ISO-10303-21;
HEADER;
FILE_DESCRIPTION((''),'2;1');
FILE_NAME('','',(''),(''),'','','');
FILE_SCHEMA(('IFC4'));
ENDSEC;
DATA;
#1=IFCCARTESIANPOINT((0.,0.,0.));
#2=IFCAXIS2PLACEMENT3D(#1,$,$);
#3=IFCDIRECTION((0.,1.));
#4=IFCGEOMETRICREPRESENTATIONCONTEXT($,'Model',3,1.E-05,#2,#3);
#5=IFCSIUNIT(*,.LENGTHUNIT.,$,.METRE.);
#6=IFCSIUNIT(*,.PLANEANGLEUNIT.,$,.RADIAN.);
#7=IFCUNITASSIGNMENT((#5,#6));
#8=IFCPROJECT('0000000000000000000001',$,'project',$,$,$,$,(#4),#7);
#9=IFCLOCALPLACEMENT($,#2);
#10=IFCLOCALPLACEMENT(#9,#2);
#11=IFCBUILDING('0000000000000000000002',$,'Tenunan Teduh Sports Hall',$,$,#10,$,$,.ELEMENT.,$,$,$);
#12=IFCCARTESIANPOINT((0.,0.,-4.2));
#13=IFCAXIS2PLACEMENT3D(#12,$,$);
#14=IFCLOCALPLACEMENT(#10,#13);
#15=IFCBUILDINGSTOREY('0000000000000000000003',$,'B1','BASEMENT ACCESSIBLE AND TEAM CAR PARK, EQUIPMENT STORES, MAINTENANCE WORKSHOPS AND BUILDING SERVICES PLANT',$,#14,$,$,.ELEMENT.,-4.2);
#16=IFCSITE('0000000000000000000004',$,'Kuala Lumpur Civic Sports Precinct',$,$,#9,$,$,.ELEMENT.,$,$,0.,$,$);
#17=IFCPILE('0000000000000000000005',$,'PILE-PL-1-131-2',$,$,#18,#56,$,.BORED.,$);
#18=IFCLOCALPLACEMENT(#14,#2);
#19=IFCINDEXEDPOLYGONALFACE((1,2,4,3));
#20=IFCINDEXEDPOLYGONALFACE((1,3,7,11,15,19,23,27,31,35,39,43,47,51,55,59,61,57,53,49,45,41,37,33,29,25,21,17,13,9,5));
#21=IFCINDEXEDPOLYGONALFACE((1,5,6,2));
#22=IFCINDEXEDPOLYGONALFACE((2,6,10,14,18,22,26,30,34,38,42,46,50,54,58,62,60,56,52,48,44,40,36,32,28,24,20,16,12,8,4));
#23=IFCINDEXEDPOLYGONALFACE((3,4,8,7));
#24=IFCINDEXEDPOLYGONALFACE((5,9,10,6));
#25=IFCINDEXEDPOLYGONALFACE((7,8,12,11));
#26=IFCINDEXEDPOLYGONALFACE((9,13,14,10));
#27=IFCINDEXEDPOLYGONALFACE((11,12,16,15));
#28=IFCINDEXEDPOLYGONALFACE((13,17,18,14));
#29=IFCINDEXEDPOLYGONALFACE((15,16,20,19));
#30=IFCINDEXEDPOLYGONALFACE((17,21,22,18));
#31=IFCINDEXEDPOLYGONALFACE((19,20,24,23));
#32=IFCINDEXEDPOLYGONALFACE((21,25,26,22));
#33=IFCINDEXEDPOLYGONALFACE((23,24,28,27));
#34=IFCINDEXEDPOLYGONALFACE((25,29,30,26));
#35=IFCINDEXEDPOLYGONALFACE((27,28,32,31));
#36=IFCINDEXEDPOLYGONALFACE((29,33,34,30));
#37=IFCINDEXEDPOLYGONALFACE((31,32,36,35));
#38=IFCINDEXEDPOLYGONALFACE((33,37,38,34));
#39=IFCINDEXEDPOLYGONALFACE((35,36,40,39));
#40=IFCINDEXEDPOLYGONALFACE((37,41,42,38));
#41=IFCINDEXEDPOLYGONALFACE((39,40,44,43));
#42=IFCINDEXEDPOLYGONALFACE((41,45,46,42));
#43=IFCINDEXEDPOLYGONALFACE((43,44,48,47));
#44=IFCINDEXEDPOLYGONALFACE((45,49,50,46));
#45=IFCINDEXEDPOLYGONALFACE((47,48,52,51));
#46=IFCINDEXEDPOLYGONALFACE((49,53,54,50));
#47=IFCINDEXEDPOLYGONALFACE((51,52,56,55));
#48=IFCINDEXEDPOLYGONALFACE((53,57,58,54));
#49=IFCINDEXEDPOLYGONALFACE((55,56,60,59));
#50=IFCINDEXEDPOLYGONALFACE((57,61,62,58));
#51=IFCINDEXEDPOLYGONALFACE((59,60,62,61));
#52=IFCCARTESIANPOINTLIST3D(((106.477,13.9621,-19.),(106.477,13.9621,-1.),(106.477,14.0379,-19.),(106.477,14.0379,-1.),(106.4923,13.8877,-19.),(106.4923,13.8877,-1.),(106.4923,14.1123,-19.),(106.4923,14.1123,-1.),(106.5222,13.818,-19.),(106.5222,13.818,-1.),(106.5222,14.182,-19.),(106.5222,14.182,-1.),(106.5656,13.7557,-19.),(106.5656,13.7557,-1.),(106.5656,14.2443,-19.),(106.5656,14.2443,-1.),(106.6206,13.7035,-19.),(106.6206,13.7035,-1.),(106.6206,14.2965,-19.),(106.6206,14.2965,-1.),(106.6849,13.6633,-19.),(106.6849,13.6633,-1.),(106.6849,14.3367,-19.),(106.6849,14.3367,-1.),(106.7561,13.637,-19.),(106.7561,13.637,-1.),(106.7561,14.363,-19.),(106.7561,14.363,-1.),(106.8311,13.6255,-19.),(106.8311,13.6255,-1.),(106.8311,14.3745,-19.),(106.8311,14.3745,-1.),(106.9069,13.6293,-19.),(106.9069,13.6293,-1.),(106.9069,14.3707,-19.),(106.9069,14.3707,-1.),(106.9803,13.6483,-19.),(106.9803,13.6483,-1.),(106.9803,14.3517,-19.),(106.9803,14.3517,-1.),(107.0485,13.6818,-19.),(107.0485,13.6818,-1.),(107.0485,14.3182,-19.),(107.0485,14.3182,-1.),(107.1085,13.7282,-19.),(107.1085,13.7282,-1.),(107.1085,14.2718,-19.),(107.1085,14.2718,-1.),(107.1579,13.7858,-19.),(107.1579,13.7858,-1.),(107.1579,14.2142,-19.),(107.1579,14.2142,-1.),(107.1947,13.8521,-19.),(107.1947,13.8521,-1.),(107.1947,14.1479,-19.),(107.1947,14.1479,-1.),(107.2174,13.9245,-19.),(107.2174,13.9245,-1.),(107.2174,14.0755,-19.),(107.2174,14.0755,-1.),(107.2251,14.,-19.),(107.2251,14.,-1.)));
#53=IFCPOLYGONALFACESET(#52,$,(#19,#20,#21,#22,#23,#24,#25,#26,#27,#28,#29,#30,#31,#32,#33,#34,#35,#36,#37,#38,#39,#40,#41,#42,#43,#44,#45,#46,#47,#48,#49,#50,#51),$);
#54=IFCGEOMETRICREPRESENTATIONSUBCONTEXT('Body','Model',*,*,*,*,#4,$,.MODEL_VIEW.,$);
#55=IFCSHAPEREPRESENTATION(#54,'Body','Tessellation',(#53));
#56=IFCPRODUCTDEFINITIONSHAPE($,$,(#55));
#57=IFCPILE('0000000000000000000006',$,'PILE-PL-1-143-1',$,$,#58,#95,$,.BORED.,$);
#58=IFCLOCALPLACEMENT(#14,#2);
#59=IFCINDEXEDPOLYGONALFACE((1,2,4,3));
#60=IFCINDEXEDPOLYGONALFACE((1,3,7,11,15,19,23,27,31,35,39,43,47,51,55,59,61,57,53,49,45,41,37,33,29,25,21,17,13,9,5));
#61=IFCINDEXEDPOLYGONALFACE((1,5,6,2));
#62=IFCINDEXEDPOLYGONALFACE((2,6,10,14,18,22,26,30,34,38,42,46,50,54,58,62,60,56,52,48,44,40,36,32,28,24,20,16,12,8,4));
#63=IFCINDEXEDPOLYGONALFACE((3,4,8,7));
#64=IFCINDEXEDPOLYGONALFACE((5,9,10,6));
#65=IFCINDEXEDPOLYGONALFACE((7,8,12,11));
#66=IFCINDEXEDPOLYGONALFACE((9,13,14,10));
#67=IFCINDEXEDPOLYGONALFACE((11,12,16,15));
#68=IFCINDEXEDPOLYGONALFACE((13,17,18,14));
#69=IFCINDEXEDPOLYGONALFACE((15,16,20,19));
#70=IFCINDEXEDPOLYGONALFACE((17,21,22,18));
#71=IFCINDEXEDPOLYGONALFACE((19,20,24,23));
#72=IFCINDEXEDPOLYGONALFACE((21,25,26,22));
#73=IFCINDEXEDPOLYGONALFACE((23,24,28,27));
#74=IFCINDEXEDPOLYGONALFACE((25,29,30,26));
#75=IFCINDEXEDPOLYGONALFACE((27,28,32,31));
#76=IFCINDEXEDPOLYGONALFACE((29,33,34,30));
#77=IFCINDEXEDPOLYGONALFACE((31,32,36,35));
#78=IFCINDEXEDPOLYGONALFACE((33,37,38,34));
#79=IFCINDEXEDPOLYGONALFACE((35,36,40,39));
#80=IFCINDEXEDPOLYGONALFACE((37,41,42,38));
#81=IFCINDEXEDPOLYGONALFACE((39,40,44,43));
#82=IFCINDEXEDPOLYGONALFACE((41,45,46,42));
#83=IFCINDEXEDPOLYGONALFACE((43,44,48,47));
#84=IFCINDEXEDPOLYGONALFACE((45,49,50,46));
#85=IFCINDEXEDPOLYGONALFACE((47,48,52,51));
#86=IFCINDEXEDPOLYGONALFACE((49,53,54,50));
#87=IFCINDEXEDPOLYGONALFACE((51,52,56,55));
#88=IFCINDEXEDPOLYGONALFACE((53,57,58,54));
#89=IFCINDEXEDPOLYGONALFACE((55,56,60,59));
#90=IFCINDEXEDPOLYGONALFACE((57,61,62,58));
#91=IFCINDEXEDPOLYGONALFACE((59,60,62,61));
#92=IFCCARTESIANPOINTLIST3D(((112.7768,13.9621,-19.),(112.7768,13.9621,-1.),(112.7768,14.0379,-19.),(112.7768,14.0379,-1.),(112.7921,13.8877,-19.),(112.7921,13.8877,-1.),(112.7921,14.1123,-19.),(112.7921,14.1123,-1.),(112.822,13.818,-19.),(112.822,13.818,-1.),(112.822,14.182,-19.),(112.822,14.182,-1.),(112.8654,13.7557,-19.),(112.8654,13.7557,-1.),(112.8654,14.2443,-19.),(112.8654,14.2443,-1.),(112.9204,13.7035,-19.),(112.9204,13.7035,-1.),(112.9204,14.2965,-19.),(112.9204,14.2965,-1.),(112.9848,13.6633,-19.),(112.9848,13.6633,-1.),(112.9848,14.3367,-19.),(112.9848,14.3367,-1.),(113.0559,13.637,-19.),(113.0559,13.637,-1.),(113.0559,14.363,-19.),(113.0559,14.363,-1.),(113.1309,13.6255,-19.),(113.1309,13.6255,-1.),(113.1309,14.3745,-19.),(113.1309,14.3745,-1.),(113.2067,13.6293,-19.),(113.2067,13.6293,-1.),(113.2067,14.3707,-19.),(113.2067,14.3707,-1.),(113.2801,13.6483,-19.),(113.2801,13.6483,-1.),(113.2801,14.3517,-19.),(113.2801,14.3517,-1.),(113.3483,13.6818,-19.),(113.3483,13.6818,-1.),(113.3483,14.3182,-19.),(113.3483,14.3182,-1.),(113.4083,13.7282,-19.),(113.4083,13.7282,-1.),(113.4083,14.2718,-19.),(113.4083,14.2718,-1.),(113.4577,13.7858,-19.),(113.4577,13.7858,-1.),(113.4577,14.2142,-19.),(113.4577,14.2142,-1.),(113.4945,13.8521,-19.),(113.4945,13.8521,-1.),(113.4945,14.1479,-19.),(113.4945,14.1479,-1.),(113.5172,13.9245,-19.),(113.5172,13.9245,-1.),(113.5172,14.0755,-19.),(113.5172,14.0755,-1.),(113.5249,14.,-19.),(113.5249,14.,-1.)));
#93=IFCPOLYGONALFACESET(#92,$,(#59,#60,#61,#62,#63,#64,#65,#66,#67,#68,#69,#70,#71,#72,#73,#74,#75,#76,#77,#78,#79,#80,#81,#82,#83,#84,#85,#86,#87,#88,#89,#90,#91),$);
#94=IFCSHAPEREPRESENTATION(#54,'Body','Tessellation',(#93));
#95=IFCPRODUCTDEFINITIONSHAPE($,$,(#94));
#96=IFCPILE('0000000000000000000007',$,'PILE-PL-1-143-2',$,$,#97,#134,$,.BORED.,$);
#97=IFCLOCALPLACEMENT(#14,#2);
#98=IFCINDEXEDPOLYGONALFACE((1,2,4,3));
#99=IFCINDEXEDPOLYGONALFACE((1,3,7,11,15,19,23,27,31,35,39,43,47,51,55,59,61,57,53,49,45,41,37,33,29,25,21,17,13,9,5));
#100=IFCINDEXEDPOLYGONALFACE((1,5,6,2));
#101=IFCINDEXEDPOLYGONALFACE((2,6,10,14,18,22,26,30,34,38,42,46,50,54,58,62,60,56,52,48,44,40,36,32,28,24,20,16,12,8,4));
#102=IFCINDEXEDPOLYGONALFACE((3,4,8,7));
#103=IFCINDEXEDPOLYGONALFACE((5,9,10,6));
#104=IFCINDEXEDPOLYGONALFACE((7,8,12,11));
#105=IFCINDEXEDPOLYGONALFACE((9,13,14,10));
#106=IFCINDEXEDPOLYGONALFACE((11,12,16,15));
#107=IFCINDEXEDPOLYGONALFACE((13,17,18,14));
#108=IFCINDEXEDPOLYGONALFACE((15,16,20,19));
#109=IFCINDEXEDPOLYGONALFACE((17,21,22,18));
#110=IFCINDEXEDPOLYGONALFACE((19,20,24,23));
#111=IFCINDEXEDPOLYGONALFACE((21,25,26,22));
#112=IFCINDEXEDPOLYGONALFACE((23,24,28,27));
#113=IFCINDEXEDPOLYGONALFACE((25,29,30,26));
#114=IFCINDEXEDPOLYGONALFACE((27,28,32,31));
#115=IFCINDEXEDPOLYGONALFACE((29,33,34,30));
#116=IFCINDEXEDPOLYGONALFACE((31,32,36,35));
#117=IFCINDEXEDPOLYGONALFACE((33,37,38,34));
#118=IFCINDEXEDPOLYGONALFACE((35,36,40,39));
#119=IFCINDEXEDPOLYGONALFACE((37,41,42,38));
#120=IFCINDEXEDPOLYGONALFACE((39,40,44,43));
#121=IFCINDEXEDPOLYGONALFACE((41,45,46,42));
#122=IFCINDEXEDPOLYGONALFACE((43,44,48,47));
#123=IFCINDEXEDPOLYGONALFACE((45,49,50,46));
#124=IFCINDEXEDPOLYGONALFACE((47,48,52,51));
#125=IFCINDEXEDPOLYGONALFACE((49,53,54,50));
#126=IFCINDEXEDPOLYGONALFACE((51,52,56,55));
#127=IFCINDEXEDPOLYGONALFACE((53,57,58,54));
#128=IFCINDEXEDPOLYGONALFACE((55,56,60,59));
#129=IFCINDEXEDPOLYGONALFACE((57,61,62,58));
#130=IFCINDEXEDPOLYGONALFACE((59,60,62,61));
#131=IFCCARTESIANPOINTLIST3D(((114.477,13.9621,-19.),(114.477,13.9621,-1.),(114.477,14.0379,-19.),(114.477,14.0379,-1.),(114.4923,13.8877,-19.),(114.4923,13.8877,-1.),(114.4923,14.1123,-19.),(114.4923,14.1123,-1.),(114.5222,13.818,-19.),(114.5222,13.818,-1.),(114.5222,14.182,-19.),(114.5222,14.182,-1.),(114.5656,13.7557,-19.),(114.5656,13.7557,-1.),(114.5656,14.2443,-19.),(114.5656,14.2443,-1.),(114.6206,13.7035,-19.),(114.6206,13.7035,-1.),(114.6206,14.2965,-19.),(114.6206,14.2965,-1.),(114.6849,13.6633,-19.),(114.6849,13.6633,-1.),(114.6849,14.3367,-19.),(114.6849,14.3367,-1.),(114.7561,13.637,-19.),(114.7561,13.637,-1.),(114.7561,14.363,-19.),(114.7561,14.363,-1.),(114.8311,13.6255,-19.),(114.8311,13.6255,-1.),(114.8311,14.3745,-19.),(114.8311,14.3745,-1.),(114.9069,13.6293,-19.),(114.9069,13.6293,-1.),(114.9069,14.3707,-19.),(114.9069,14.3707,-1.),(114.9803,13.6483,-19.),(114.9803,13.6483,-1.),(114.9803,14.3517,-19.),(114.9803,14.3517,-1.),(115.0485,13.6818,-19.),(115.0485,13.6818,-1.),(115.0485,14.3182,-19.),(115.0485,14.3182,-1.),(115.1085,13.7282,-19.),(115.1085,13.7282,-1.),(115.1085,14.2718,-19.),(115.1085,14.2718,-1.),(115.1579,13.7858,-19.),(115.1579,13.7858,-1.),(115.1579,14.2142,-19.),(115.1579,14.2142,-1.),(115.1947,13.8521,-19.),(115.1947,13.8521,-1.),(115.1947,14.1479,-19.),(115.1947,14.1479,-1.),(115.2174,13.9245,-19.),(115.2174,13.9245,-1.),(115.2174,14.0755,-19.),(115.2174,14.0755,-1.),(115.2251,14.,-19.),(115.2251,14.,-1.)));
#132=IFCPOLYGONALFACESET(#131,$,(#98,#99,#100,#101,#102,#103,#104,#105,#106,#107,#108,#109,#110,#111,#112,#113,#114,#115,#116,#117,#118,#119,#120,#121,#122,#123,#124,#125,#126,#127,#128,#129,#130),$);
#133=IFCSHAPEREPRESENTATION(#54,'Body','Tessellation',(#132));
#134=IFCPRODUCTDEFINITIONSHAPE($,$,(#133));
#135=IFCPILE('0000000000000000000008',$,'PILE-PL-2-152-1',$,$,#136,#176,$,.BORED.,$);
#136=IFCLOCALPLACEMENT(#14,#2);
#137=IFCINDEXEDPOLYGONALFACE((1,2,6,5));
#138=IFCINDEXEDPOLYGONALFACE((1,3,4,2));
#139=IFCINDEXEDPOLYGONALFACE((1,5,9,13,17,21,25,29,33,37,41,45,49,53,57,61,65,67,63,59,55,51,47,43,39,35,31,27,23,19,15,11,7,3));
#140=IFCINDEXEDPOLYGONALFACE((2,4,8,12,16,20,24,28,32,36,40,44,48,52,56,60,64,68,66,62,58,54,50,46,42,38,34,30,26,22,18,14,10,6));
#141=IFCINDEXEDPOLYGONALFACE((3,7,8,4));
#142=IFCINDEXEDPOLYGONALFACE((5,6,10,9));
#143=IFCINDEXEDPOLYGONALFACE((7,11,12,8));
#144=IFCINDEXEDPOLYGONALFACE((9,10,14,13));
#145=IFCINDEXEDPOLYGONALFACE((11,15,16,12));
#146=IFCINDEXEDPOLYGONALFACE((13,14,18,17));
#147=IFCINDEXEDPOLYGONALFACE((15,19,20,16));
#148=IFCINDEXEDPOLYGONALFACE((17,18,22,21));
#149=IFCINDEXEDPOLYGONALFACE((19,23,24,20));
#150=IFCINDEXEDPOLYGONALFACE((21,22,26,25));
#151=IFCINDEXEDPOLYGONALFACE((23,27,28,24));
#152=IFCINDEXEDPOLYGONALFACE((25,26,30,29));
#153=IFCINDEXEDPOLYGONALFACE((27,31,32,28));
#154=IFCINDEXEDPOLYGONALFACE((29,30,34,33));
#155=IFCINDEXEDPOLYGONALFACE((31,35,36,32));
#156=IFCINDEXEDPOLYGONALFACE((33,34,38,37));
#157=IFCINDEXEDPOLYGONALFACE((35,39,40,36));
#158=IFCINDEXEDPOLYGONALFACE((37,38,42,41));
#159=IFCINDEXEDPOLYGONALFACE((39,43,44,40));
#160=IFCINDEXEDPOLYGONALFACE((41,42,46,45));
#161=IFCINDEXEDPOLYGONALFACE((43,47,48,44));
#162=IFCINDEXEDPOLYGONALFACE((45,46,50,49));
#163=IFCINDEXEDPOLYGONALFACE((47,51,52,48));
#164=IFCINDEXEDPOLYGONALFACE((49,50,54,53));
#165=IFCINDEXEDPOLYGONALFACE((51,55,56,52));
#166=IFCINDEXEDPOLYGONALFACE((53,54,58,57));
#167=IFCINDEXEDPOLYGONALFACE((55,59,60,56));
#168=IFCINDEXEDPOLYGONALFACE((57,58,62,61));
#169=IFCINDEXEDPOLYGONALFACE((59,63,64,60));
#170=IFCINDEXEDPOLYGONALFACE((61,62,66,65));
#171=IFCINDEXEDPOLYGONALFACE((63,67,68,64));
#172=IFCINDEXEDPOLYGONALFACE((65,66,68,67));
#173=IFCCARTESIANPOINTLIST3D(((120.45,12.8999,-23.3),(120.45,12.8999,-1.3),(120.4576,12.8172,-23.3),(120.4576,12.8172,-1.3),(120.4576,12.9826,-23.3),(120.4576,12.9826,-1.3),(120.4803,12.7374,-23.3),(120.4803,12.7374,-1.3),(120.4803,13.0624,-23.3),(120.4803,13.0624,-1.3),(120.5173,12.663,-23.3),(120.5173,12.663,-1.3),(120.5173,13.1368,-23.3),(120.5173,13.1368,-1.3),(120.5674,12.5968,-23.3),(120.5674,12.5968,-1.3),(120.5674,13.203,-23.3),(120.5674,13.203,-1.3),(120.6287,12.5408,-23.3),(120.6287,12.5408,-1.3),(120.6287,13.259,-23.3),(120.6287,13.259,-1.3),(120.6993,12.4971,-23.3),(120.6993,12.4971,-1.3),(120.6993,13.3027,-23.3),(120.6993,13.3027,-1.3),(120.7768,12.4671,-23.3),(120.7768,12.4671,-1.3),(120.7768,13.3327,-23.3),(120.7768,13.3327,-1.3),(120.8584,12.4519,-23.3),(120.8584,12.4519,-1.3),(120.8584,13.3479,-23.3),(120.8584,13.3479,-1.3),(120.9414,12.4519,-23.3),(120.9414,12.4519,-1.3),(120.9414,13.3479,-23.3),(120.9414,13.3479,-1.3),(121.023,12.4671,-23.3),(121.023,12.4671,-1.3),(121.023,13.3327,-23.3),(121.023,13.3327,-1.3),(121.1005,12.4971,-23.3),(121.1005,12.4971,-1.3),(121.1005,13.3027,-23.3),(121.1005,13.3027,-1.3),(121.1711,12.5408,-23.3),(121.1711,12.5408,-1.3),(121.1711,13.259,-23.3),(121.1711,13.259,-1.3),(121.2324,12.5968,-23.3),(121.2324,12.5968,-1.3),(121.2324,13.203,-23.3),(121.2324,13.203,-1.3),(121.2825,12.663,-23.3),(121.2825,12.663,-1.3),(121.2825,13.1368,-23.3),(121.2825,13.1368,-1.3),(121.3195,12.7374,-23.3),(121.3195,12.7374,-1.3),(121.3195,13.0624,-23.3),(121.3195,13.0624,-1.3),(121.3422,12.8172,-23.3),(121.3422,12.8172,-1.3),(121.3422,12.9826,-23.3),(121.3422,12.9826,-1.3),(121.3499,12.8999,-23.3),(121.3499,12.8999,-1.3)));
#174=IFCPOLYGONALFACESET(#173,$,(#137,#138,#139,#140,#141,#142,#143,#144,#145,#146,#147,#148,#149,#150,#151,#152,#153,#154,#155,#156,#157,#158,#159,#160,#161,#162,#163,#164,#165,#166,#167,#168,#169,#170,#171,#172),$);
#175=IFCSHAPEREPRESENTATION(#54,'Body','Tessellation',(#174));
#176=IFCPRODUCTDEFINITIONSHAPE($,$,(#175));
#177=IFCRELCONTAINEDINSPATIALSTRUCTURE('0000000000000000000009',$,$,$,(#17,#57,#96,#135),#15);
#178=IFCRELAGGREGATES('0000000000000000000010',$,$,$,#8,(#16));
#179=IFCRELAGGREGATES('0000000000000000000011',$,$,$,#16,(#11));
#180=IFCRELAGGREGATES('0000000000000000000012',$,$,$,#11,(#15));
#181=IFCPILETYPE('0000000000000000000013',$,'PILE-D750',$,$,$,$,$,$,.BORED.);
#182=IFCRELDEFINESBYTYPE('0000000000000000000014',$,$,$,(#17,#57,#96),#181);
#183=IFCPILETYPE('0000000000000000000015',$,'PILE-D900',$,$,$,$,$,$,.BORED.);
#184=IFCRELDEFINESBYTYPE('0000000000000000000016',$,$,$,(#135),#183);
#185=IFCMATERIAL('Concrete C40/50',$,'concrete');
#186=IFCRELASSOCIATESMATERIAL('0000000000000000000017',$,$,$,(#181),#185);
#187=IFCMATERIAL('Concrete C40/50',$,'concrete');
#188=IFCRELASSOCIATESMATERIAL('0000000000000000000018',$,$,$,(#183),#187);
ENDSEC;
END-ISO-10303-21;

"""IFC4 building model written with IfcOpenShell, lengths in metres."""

from ifc_helpers import new_model, si_unit, direction, frame, origin, origin_2d, place, context, subcontext, project, spatial, circle, extrude, material, material_profile, profile_set, type_object, element, save


model = new_model("IFC4")

# Units and contexts
model_context = context("Model", 3, precision=1e-05, world=origin(), true_north=direction((0.0, 1.0)))
body_context = subcontext(model_context, "Body", "Model", "MODEL_VIEW")
ifc_project = project(units=[si_unit("LENGTHUNIT", "METRE"), si_unit("PLANEANGLEUNIT", "RADIAN")], contexts=[model_context])

# Site, building, storey
site_placement = place(None, origin())
site = spatial("IfcSite", under=ifc_project, at=site_placement, Name="Kuala Lumpur Civic Sports Precinct", CompositionType="ELEMENT", RefElevation=0.0)
building_placement = place(site_placement, origin())
building = spatial("IfcBuilding", under=site, at=building_placement, Name="Tenunan Teduh Sports Hall", CompositionType="ELEMENT")
storey_placement = place(building_placement, frame((0.0, 0.0, -4.2)))
storey = spatial("IfcBuildingStorey", under=building, at=storey_placement, Name="B1", Description="BASEMENT ACCESSIBLE AND TEAM CAR PARK, EQUIPMENT STORES, MAINTENANCE WORKSHOPS AND BUILDING SERVICES PLANT", CompositionType="ELEMENT", Elevation=-4.2)

# Piles
ifc_material_1 = material(Name="Concrete C40/50", Category="concrete")
ifc_material_profile_1 = material_profile(ifc_material_1, circle(Radius=0.375, at=origin_2d()), Name="PILE D750")
ifc_profile_set_1 = profile_set([ifc_material_profile_1], Name="Concrete C40/50")
pile_type_1 = type_object("IfcPileType", Name="PILE-D750", PredefinedType="BORED", material=ifc_profile_set_1)
for number, where, z_axis, x_axis, name in (
    (1, (106.8501, 14.0, -1.0), (0.0, 0.0, -1.0), (1.0, 0.0, 0.0), "PILE-PL-1-131-2"),
    (2, (113.1499, 14.0, -1.0), (0.0, 0.0, -1.0), (1.0, 0.0, 0.0), "PILE-PL-1-143-1"),
    (3, (114.8501, 14.0, -1.0), (0.0, 0.0, -1.0), (1.0, 0.0, 0.0), "PILE-PL-1-143-2"),
):
    element("IfcPile", number, at=place(storey_placement, frame(where, z_axis=z_axis, x_axis=x_axis)), inside=storey, type_object=pile_type_1, Name=name, PredefinedType="BORED", context=body_context, shape_type="SweptSolid", body=[
        extrude(circle(Radius=0.375, at=origin_2d()), origin(), (0.0, 0.0, 1.0), 18.0),
    ])
ifc_material_2 = material(Name="Concrete C40/50", Category="concrete")
ifc_material_profile_2 = material_profile(ifc_material_2, circle(Radius=0.45, at=origin_2d()), Name="PILE D900")
ifc_profile_set_2 = profile_set([ifc_material_profile_2], Name="Concrete C40/50")
pile_type_2 = type_object("IfcPileType", Name="PILE-D900", PredefinedType="BORED", material=ifc_profile_set_2)
for number, where, z_axis, x_axis, name in (
    (4, (120.8999, 12.8999, -1.3), (0.0, 0.0, -1.0), (1.0, 0.0, 0.0), "PILE-PL-2-152-1"),
):
    element("IfcPile", number, at=place(storey_placement, frame(where, z_axis=z_axis, x_axis=x_axis)), inside=storey, type_object=pile_type_2, Name=name, PredefinedType="BORED", context=body_context, shape_type="SweptSolid", body=[
        extrude(circle(Radius=0.45, at=origin_2d()), origin(), (0.0, 0.0, 1.0), 22.0),
    ])

save(model, "model.ifc")
